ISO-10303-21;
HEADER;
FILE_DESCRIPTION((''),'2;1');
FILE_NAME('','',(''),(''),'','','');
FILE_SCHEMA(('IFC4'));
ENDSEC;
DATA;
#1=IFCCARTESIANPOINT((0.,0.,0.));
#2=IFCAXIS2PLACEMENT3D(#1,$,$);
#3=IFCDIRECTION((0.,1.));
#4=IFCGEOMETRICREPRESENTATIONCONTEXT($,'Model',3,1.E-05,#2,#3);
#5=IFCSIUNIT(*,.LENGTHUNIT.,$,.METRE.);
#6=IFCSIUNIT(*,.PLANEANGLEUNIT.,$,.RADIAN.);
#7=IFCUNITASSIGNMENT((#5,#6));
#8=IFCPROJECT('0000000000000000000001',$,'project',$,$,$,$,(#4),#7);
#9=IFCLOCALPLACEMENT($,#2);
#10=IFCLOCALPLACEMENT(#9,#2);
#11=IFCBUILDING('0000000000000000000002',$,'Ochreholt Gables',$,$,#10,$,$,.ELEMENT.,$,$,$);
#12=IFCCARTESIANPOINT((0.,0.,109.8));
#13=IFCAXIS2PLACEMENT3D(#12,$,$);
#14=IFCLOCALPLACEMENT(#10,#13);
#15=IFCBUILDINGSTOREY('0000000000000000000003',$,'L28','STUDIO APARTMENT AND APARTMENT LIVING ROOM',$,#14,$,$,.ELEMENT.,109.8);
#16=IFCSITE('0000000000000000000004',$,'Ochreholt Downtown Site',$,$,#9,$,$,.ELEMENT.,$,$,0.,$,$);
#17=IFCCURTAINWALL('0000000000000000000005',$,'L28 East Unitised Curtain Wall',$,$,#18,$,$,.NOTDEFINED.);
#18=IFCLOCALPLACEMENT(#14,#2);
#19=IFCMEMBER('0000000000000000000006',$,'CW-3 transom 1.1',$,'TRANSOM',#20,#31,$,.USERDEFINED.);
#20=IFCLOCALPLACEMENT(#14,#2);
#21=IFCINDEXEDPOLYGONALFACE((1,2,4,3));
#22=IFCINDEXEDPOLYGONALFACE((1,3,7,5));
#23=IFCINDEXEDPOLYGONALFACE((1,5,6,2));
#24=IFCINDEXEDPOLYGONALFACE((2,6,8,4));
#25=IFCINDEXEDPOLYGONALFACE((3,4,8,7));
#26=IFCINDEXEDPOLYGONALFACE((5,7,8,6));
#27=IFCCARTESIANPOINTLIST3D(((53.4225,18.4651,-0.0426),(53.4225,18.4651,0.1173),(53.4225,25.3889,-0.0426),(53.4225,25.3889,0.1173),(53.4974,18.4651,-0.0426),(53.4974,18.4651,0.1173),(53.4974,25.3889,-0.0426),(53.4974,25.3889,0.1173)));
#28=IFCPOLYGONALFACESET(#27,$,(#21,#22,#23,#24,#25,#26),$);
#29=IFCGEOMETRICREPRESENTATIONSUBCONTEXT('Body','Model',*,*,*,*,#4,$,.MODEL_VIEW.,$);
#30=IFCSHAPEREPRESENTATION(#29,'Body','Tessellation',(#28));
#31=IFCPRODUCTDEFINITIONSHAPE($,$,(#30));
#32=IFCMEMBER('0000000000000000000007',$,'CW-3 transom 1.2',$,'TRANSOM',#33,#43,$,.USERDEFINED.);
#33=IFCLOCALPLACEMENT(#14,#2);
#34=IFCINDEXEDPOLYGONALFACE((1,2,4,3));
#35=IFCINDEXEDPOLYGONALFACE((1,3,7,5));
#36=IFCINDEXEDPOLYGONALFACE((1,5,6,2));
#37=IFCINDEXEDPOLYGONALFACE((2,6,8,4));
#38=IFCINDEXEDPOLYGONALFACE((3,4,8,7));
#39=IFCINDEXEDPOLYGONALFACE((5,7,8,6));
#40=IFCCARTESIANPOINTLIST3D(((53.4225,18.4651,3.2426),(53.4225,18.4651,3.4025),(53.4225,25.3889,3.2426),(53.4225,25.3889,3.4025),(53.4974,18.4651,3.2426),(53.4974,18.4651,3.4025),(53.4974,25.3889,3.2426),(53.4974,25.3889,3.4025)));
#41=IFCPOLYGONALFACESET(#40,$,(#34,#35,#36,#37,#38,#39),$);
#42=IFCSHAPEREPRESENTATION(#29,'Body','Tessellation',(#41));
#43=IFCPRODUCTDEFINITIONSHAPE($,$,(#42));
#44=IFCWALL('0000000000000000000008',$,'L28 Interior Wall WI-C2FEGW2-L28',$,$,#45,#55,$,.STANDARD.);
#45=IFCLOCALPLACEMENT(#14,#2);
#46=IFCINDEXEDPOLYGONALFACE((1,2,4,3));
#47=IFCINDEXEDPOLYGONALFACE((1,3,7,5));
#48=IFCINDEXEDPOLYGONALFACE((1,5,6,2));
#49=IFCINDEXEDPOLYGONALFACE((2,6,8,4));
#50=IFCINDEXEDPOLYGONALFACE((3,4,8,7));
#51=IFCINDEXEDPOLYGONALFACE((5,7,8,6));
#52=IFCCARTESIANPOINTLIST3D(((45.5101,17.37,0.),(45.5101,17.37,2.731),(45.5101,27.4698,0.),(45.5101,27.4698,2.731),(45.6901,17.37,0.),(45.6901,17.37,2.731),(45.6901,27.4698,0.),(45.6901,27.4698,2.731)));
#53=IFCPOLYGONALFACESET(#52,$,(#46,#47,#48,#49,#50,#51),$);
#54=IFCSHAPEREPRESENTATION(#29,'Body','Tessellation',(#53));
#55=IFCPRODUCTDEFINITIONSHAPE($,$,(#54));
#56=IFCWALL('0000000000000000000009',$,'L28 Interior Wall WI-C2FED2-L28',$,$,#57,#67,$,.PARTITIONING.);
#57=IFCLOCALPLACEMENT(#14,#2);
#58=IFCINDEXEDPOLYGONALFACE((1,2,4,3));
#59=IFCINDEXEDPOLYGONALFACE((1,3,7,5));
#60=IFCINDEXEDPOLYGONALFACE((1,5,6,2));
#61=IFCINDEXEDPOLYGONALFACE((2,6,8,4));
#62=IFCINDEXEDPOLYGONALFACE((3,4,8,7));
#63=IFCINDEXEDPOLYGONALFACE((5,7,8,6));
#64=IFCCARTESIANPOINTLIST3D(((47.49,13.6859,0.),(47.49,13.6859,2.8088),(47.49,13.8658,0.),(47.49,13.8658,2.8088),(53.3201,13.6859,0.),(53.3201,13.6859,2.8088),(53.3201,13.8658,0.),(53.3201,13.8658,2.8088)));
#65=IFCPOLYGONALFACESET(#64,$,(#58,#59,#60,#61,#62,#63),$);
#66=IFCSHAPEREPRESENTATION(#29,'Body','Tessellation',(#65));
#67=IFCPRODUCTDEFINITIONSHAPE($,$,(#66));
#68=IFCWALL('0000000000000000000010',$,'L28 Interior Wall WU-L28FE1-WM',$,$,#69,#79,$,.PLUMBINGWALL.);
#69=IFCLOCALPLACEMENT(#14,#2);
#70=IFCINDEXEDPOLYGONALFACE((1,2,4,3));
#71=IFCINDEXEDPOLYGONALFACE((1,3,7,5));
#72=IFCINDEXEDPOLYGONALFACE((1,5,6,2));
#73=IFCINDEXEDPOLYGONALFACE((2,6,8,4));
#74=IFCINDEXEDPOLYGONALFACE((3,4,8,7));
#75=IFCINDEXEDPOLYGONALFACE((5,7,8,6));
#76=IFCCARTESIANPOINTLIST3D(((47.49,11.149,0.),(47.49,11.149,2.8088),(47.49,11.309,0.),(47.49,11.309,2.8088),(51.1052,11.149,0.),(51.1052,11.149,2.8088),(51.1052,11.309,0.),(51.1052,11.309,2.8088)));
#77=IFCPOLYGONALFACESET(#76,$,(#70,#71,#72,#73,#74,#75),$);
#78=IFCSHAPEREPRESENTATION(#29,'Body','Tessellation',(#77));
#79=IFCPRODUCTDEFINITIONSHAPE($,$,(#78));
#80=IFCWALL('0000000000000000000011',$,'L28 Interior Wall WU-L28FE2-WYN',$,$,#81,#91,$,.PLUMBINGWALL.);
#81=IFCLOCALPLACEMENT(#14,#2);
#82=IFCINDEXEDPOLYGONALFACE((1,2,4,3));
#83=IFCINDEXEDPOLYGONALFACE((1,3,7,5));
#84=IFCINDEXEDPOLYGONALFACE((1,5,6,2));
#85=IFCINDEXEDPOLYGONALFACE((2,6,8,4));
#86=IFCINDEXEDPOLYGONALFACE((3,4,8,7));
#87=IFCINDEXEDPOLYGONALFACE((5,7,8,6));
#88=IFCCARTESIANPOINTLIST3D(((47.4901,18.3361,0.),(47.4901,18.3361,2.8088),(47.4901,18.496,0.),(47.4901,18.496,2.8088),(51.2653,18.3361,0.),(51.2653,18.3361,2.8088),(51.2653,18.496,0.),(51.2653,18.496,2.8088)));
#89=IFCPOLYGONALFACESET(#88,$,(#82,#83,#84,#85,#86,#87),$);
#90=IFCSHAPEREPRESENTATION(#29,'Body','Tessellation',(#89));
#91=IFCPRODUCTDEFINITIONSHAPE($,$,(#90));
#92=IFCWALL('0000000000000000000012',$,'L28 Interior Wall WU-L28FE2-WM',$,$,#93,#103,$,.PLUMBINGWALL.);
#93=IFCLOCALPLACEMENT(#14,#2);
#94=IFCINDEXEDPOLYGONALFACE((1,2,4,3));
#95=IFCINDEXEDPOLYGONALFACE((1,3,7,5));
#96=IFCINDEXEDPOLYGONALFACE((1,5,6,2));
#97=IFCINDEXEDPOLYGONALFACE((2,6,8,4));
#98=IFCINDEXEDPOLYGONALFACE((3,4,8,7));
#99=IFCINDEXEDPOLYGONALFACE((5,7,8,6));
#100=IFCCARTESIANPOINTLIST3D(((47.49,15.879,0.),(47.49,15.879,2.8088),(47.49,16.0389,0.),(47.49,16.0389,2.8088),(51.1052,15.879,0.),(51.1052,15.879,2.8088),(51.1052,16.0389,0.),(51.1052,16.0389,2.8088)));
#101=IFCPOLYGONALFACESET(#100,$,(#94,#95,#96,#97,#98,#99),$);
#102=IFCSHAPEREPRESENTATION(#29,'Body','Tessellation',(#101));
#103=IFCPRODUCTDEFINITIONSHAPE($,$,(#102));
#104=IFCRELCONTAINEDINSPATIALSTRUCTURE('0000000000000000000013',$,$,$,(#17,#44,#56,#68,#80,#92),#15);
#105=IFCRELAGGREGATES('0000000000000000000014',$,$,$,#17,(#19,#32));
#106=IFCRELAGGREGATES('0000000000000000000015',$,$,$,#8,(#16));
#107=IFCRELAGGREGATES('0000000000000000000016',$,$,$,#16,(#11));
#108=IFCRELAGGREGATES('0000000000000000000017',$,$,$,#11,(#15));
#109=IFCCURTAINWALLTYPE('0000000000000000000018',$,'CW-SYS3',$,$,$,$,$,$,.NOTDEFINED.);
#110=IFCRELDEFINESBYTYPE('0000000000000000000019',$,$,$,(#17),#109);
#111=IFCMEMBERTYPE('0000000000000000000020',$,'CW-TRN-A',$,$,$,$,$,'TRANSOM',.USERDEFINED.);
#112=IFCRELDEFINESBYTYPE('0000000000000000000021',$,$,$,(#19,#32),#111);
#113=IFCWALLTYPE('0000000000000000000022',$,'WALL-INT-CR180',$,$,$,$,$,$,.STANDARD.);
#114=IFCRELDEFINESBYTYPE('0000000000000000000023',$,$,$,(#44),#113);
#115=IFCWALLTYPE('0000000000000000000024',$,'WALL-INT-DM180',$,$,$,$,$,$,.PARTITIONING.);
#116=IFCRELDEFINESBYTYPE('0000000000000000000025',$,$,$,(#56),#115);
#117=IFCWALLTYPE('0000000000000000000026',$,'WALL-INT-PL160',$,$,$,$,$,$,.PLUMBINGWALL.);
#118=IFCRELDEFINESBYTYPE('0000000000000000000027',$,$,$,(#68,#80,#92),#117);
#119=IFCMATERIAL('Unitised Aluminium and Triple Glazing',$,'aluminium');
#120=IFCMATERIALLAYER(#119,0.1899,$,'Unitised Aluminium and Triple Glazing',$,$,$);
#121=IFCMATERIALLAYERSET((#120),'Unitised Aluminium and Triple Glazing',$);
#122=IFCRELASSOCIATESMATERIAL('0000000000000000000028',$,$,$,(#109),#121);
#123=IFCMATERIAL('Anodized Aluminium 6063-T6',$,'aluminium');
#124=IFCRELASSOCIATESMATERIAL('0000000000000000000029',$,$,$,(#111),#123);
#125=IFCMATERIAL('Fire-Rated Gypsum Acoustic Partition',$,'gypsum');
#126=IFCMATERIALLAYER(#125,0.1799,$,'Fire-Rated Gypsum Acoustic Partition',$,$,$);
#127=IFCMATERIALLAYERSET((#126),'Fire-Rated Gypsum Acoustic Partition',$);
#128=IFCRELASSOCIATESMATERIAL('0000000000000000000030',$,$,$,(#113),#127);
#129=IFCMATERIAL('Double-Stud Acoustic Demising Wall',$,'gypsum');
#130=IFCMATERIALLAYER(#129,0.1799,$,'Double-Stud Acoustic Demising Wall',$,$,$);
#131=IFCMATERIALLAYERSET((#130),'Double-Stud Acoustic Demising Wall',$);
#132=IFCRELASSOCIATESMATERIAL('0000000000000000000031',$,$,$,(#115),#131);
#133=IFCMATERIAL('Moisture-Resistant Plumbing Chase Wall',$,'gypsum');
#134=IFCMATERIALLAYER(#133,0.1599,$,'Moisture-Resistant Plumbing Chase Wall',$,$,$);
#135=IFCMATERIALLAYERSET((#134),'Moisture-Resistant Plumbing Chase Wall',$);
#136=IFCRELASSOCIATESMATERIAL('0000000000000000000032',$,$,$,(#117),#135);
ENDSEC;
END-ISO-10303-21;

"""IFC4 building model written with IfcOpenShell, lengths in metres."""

from ifc_helpers import new_model, si_unit, direction, frame, frame_2d, origin, origin_2d, place, context, subcontext, project, spatial, rectangle, extrude, material, layer, layer_set, material_profile, profile_set, type_object, element, aggregate, save


model = new_model("IFC4")

# Units and contexts
model_context = context("Model", 3, precision=1e-05, world=origin(), true_north=direction((0.0, 1.0)))
body_context = subcontext(model_context, "Body", "Model", "MODEL_VIEW")
ifc_project = project(units=[si_unit("LENGTHUNIT", "METRE"), si_unit("PLANEANGLEUNIT", "RADIAN")], contexts=[model_context])

# Site, building, storey
site_placement = place(None, origin())
site = spatial("IfcSite", under=ifc_project, at=site_placement, Name="Ochreholt Downtown Site", CompositionType="ELEMENT", RefElevation=0.0)
building_placement = place(site_placement, origin())
building = spatial("IfcBuilding", under=site, at=building_placement, Name="Ochreholt Gables", CompositionType="ELEMENT")
storey_placement = place(building_placement, frame((0.0, 0.0, 109.8)))
storey = spatial("IfcBuildingStorey", under=building, at=storey_placement, Name="L28", Description="STUDIO APARTMENT AND APARTMENT LIVING ROOM", CompositionType="ELEMENT", Elevation=109.8)

# Curtain wall, members
ifc_material_1 = material(Name="Unitised Aluminium and Triple Glazing", Category="aluminium")
ifc_layer_1 = layer(ifc_material_1, 0.1899, Name="Unitised Aluminium and Triple Glazing")
ifc_layer_set_1 = layer_set([ifc_layer_1], Name="Unitised Aluminium and Triple Glazing")
curtain_wall_type = type_object("IfcCurtainWallType", Name="CW-SYS3", PredefinedType="NOTDEFINED", material=ifc_layer_set_1)
curtain_wall_placement = place(storey_placement, origin())
curtain_wall = element("IfcCurtainWall", 1, at=curtain_wall_placement, inside=storey, type_object=curtain_wall_type, Name="L28 East Unitised Curtain Wall", PredefinedType="NOTDEFINED")
ifc_material_2 = material(Name="Anodized Aluminium 6063-T6", Category="aluminium")
ifc_material_profile_1 = material_profile(ifc_material_2, rectangle(XDim=0.075, YDim=0.1599, at=origin_2d()), Name="CWT75X160")
ifc_profile_set_1 = profile_set([ifc_material_profile_1], Name="Anodized Aluminium 6063-T6")
member_type_1 = type_object("IfcMemberType", Name="CW-TRN-A", ElementType="TRANSOM", PredefinedType="USERDEFINED", material=ifc_profile_set_1)
member_1_placement = place(storey_placement, frame((53.46, 18.4651, 0.0374), z_axis=(0.0, 1.0, 0.0), x_axis=(-1.0, 0.0, 0.0)))
member_1 = element("IfcMember", 2, at=member_1_placement, type_object=member_type_1, Name="CW-3 transom 1.1", ObjectType="TRANSOM", PredefinedType="USERDEFINED", context=body_context, shape_type="SweptSolid", body=[
    extrude(rectangle(XDim=0.075, YDim=0.1599, at=origin_2d()), origin(), (0.0, 0.0, 1.0), 6.9238),
])
member_2_placement = place(storey_placement, frame((53.46, 18.4651, 3.3225), z_axis=(0.0, 1.0, 0.0), x_axis=(-1.0, 0.0, 0.0)))
member_2 = element("IfcMember", 3, at=member_2_placement, type_object=member_type_1, Name="CW-3 transom 1.2", ObjectType="TRANSOM", PredefinedType="USERDEFINED", context=body_context, shape_type="SweptSolid", body=[
    extrude(rectangle(XDim=0.075, YDim=0.1599, at=origin_2d()), origin(), (0.0, 0.0, 1.0), 6.9238),
])
aggregate(curtain_wall, [member_1, member_2])

# Walls
ifc_material_3 = material(Name="Fire-Rated Gypsum Acoustic Partition", Category="gypsum")
ifc_layer_2 = layer(ifc_material_3, 0.1799, Name="Fire-Rated Gypsum Acoustic Partition")
ifc_layer_set_2 = layer_set([ifc_layer_2], Name="Fire-Rated Gypsum Acoustic Partition")
wall_type_1 = type_object("IfcWallType", Name="WALL-INT-CR180", PredefinedType="STANDARD", material=ifc_layer_set_2)
wall_1_placement = place(storey_placement, frame((45.6001, 17.3701, 0.0), z_axis=(0.0, 0.0, 1.0), x_axis=(0.0, 1.0, 0.0)))
element("IfcWall", 4, at=wall_1_placement, inside=storey, type_object=wall_type_1, Name="L28 Interior Wall WI-C2FEGW2-L28", PredefinedType="STANDARD", context=body_context, shape_type="SweptSolid", body=[
    extrude(rectangle(XDim=10.0999, YDim=0.1799, at=frame_2d((5.0498, 0.0))), origin(), (0.0, 0.0, 1.0), 2.731),
])
ifc_material_4 = material(Name="Double-Stud Acoustic Demising Wall", Category="gypsum")
ifc_layer_3 = layer(ifc_material_4, 0.1799, Name="Double-Stud Acoustic Demising Wall")
ifc_layer_set_3 = layer_set([ifc_layer_3], Name="Double-Stud Acoustic Demising Wall")
wall_type_2 = type_object("IfcWallType", Name="WALL-INT-DM180", PredefinedType="PARTITIONING", material=ifc_layer_set_3)
wall_2_placement = place(storey_placement, frame((47.49, 13.7759, 0.0), z_axis=(0.0, 0.0, 1.0), x_axis=(1.0, 0.0, 0.0)))
element("IfcWall", 5, at=wall_2_placement, inside=storey, type_object=wall_type_2, Name="L28 Interior Wall WI-C2FED2-L28", PredefinedType="PARTITIONING", context=body_context, shape_type="SweptSolid", body=[
    extrude(rectangle(XDim=5.8301, YDim=0.1799, at=frame_2d((2.915, 0.0))), origin(), (0.0, 0.0, 1.0), 2.8088),
])
ifc_material_5 = material(Name="Moisture-Resistant Plumbing Chase Wall", Category="gypsum")
ifc_layer_4 = layer(ifc_material_5, 0.1599, Name="Moisture-Resistant Plumbing Chase Wall")
ifc_layer_set_4 = layer_set([ifc_layer_4], Name="Moisture-Resistant Plumbing Chase Wall")
wall_type_3 = type_object("IfcWallType", Name="WALL-INT-PL160", PredefinedType="PLUMBINGWALL", material=ifc_layer_set_4)
wall_3_placement = place(storey_placement, frame((47.49, 11.229, 0.0), z_axis=(0.0, 0.0, 1.0), x_axis=(1.0, 0.0, 0.0)))
element("IfcWall", 6, at=wall_3_placement, inside=storey, type_object=wall_type_3, Name="L28 Interior Wall WU-L28FE1-WM", PredefinedType="PLUMBINGWALL", context=body_context, shape_type="SweptSolid", body=[
    extrude(rectangle(XDim=3.6152, YDim=0.1599, at=frame_2d((1.8076, 0.0))), origin(), (0.0, 0.0, 1.0), 2.8088),
])
wall_4_placement = place(storey_placement, frame((47.49, 18.416, 0.0), z_axis=(0.0, 0.0, 1.0), x_axis=(1.0, 0.0, 0.0)))
element("IfcWall", 7, at=wall_4_placement, inside=storey, type_object=wall_type_3, Name="L28 Interior Wall WU-L28FE2-WYN", PredefinedType="PLUMBINGWALL", context=body_context, shape_type="SweptSolid", body=[
    extrude(rectangle(XDim=3.7751, YDim=0.1599, at=frame_2d((1.8877, 0.0))), origin(), (0.0, 0.0, 1.0), 2.8088),
])

# Wall
wall_5_placement = place(storey_placement, frame((47.49, 15.959, 0.0), z_axis=(0.0, 0.0, 1.0), x_axis=(1.0, 0.0, 0.0)))
element("IfcWall", 8, at=wall_5_placement, inside=storey, type_object=wall_type_3, Name="L28 Interior Wall WU-L28FE2-WM", PredefinedType="PLUMBINGWALL", context=body_context, shape_type="SweptSolid", body=[
    extrude(rectangle(XDim=3.6152, YDim=0.1599, at=frame_2d((1.8076, 0.0))), origin(), (0.0, 0.0, 1.0), 2.8088),
])

save(model, "model.ifc")
